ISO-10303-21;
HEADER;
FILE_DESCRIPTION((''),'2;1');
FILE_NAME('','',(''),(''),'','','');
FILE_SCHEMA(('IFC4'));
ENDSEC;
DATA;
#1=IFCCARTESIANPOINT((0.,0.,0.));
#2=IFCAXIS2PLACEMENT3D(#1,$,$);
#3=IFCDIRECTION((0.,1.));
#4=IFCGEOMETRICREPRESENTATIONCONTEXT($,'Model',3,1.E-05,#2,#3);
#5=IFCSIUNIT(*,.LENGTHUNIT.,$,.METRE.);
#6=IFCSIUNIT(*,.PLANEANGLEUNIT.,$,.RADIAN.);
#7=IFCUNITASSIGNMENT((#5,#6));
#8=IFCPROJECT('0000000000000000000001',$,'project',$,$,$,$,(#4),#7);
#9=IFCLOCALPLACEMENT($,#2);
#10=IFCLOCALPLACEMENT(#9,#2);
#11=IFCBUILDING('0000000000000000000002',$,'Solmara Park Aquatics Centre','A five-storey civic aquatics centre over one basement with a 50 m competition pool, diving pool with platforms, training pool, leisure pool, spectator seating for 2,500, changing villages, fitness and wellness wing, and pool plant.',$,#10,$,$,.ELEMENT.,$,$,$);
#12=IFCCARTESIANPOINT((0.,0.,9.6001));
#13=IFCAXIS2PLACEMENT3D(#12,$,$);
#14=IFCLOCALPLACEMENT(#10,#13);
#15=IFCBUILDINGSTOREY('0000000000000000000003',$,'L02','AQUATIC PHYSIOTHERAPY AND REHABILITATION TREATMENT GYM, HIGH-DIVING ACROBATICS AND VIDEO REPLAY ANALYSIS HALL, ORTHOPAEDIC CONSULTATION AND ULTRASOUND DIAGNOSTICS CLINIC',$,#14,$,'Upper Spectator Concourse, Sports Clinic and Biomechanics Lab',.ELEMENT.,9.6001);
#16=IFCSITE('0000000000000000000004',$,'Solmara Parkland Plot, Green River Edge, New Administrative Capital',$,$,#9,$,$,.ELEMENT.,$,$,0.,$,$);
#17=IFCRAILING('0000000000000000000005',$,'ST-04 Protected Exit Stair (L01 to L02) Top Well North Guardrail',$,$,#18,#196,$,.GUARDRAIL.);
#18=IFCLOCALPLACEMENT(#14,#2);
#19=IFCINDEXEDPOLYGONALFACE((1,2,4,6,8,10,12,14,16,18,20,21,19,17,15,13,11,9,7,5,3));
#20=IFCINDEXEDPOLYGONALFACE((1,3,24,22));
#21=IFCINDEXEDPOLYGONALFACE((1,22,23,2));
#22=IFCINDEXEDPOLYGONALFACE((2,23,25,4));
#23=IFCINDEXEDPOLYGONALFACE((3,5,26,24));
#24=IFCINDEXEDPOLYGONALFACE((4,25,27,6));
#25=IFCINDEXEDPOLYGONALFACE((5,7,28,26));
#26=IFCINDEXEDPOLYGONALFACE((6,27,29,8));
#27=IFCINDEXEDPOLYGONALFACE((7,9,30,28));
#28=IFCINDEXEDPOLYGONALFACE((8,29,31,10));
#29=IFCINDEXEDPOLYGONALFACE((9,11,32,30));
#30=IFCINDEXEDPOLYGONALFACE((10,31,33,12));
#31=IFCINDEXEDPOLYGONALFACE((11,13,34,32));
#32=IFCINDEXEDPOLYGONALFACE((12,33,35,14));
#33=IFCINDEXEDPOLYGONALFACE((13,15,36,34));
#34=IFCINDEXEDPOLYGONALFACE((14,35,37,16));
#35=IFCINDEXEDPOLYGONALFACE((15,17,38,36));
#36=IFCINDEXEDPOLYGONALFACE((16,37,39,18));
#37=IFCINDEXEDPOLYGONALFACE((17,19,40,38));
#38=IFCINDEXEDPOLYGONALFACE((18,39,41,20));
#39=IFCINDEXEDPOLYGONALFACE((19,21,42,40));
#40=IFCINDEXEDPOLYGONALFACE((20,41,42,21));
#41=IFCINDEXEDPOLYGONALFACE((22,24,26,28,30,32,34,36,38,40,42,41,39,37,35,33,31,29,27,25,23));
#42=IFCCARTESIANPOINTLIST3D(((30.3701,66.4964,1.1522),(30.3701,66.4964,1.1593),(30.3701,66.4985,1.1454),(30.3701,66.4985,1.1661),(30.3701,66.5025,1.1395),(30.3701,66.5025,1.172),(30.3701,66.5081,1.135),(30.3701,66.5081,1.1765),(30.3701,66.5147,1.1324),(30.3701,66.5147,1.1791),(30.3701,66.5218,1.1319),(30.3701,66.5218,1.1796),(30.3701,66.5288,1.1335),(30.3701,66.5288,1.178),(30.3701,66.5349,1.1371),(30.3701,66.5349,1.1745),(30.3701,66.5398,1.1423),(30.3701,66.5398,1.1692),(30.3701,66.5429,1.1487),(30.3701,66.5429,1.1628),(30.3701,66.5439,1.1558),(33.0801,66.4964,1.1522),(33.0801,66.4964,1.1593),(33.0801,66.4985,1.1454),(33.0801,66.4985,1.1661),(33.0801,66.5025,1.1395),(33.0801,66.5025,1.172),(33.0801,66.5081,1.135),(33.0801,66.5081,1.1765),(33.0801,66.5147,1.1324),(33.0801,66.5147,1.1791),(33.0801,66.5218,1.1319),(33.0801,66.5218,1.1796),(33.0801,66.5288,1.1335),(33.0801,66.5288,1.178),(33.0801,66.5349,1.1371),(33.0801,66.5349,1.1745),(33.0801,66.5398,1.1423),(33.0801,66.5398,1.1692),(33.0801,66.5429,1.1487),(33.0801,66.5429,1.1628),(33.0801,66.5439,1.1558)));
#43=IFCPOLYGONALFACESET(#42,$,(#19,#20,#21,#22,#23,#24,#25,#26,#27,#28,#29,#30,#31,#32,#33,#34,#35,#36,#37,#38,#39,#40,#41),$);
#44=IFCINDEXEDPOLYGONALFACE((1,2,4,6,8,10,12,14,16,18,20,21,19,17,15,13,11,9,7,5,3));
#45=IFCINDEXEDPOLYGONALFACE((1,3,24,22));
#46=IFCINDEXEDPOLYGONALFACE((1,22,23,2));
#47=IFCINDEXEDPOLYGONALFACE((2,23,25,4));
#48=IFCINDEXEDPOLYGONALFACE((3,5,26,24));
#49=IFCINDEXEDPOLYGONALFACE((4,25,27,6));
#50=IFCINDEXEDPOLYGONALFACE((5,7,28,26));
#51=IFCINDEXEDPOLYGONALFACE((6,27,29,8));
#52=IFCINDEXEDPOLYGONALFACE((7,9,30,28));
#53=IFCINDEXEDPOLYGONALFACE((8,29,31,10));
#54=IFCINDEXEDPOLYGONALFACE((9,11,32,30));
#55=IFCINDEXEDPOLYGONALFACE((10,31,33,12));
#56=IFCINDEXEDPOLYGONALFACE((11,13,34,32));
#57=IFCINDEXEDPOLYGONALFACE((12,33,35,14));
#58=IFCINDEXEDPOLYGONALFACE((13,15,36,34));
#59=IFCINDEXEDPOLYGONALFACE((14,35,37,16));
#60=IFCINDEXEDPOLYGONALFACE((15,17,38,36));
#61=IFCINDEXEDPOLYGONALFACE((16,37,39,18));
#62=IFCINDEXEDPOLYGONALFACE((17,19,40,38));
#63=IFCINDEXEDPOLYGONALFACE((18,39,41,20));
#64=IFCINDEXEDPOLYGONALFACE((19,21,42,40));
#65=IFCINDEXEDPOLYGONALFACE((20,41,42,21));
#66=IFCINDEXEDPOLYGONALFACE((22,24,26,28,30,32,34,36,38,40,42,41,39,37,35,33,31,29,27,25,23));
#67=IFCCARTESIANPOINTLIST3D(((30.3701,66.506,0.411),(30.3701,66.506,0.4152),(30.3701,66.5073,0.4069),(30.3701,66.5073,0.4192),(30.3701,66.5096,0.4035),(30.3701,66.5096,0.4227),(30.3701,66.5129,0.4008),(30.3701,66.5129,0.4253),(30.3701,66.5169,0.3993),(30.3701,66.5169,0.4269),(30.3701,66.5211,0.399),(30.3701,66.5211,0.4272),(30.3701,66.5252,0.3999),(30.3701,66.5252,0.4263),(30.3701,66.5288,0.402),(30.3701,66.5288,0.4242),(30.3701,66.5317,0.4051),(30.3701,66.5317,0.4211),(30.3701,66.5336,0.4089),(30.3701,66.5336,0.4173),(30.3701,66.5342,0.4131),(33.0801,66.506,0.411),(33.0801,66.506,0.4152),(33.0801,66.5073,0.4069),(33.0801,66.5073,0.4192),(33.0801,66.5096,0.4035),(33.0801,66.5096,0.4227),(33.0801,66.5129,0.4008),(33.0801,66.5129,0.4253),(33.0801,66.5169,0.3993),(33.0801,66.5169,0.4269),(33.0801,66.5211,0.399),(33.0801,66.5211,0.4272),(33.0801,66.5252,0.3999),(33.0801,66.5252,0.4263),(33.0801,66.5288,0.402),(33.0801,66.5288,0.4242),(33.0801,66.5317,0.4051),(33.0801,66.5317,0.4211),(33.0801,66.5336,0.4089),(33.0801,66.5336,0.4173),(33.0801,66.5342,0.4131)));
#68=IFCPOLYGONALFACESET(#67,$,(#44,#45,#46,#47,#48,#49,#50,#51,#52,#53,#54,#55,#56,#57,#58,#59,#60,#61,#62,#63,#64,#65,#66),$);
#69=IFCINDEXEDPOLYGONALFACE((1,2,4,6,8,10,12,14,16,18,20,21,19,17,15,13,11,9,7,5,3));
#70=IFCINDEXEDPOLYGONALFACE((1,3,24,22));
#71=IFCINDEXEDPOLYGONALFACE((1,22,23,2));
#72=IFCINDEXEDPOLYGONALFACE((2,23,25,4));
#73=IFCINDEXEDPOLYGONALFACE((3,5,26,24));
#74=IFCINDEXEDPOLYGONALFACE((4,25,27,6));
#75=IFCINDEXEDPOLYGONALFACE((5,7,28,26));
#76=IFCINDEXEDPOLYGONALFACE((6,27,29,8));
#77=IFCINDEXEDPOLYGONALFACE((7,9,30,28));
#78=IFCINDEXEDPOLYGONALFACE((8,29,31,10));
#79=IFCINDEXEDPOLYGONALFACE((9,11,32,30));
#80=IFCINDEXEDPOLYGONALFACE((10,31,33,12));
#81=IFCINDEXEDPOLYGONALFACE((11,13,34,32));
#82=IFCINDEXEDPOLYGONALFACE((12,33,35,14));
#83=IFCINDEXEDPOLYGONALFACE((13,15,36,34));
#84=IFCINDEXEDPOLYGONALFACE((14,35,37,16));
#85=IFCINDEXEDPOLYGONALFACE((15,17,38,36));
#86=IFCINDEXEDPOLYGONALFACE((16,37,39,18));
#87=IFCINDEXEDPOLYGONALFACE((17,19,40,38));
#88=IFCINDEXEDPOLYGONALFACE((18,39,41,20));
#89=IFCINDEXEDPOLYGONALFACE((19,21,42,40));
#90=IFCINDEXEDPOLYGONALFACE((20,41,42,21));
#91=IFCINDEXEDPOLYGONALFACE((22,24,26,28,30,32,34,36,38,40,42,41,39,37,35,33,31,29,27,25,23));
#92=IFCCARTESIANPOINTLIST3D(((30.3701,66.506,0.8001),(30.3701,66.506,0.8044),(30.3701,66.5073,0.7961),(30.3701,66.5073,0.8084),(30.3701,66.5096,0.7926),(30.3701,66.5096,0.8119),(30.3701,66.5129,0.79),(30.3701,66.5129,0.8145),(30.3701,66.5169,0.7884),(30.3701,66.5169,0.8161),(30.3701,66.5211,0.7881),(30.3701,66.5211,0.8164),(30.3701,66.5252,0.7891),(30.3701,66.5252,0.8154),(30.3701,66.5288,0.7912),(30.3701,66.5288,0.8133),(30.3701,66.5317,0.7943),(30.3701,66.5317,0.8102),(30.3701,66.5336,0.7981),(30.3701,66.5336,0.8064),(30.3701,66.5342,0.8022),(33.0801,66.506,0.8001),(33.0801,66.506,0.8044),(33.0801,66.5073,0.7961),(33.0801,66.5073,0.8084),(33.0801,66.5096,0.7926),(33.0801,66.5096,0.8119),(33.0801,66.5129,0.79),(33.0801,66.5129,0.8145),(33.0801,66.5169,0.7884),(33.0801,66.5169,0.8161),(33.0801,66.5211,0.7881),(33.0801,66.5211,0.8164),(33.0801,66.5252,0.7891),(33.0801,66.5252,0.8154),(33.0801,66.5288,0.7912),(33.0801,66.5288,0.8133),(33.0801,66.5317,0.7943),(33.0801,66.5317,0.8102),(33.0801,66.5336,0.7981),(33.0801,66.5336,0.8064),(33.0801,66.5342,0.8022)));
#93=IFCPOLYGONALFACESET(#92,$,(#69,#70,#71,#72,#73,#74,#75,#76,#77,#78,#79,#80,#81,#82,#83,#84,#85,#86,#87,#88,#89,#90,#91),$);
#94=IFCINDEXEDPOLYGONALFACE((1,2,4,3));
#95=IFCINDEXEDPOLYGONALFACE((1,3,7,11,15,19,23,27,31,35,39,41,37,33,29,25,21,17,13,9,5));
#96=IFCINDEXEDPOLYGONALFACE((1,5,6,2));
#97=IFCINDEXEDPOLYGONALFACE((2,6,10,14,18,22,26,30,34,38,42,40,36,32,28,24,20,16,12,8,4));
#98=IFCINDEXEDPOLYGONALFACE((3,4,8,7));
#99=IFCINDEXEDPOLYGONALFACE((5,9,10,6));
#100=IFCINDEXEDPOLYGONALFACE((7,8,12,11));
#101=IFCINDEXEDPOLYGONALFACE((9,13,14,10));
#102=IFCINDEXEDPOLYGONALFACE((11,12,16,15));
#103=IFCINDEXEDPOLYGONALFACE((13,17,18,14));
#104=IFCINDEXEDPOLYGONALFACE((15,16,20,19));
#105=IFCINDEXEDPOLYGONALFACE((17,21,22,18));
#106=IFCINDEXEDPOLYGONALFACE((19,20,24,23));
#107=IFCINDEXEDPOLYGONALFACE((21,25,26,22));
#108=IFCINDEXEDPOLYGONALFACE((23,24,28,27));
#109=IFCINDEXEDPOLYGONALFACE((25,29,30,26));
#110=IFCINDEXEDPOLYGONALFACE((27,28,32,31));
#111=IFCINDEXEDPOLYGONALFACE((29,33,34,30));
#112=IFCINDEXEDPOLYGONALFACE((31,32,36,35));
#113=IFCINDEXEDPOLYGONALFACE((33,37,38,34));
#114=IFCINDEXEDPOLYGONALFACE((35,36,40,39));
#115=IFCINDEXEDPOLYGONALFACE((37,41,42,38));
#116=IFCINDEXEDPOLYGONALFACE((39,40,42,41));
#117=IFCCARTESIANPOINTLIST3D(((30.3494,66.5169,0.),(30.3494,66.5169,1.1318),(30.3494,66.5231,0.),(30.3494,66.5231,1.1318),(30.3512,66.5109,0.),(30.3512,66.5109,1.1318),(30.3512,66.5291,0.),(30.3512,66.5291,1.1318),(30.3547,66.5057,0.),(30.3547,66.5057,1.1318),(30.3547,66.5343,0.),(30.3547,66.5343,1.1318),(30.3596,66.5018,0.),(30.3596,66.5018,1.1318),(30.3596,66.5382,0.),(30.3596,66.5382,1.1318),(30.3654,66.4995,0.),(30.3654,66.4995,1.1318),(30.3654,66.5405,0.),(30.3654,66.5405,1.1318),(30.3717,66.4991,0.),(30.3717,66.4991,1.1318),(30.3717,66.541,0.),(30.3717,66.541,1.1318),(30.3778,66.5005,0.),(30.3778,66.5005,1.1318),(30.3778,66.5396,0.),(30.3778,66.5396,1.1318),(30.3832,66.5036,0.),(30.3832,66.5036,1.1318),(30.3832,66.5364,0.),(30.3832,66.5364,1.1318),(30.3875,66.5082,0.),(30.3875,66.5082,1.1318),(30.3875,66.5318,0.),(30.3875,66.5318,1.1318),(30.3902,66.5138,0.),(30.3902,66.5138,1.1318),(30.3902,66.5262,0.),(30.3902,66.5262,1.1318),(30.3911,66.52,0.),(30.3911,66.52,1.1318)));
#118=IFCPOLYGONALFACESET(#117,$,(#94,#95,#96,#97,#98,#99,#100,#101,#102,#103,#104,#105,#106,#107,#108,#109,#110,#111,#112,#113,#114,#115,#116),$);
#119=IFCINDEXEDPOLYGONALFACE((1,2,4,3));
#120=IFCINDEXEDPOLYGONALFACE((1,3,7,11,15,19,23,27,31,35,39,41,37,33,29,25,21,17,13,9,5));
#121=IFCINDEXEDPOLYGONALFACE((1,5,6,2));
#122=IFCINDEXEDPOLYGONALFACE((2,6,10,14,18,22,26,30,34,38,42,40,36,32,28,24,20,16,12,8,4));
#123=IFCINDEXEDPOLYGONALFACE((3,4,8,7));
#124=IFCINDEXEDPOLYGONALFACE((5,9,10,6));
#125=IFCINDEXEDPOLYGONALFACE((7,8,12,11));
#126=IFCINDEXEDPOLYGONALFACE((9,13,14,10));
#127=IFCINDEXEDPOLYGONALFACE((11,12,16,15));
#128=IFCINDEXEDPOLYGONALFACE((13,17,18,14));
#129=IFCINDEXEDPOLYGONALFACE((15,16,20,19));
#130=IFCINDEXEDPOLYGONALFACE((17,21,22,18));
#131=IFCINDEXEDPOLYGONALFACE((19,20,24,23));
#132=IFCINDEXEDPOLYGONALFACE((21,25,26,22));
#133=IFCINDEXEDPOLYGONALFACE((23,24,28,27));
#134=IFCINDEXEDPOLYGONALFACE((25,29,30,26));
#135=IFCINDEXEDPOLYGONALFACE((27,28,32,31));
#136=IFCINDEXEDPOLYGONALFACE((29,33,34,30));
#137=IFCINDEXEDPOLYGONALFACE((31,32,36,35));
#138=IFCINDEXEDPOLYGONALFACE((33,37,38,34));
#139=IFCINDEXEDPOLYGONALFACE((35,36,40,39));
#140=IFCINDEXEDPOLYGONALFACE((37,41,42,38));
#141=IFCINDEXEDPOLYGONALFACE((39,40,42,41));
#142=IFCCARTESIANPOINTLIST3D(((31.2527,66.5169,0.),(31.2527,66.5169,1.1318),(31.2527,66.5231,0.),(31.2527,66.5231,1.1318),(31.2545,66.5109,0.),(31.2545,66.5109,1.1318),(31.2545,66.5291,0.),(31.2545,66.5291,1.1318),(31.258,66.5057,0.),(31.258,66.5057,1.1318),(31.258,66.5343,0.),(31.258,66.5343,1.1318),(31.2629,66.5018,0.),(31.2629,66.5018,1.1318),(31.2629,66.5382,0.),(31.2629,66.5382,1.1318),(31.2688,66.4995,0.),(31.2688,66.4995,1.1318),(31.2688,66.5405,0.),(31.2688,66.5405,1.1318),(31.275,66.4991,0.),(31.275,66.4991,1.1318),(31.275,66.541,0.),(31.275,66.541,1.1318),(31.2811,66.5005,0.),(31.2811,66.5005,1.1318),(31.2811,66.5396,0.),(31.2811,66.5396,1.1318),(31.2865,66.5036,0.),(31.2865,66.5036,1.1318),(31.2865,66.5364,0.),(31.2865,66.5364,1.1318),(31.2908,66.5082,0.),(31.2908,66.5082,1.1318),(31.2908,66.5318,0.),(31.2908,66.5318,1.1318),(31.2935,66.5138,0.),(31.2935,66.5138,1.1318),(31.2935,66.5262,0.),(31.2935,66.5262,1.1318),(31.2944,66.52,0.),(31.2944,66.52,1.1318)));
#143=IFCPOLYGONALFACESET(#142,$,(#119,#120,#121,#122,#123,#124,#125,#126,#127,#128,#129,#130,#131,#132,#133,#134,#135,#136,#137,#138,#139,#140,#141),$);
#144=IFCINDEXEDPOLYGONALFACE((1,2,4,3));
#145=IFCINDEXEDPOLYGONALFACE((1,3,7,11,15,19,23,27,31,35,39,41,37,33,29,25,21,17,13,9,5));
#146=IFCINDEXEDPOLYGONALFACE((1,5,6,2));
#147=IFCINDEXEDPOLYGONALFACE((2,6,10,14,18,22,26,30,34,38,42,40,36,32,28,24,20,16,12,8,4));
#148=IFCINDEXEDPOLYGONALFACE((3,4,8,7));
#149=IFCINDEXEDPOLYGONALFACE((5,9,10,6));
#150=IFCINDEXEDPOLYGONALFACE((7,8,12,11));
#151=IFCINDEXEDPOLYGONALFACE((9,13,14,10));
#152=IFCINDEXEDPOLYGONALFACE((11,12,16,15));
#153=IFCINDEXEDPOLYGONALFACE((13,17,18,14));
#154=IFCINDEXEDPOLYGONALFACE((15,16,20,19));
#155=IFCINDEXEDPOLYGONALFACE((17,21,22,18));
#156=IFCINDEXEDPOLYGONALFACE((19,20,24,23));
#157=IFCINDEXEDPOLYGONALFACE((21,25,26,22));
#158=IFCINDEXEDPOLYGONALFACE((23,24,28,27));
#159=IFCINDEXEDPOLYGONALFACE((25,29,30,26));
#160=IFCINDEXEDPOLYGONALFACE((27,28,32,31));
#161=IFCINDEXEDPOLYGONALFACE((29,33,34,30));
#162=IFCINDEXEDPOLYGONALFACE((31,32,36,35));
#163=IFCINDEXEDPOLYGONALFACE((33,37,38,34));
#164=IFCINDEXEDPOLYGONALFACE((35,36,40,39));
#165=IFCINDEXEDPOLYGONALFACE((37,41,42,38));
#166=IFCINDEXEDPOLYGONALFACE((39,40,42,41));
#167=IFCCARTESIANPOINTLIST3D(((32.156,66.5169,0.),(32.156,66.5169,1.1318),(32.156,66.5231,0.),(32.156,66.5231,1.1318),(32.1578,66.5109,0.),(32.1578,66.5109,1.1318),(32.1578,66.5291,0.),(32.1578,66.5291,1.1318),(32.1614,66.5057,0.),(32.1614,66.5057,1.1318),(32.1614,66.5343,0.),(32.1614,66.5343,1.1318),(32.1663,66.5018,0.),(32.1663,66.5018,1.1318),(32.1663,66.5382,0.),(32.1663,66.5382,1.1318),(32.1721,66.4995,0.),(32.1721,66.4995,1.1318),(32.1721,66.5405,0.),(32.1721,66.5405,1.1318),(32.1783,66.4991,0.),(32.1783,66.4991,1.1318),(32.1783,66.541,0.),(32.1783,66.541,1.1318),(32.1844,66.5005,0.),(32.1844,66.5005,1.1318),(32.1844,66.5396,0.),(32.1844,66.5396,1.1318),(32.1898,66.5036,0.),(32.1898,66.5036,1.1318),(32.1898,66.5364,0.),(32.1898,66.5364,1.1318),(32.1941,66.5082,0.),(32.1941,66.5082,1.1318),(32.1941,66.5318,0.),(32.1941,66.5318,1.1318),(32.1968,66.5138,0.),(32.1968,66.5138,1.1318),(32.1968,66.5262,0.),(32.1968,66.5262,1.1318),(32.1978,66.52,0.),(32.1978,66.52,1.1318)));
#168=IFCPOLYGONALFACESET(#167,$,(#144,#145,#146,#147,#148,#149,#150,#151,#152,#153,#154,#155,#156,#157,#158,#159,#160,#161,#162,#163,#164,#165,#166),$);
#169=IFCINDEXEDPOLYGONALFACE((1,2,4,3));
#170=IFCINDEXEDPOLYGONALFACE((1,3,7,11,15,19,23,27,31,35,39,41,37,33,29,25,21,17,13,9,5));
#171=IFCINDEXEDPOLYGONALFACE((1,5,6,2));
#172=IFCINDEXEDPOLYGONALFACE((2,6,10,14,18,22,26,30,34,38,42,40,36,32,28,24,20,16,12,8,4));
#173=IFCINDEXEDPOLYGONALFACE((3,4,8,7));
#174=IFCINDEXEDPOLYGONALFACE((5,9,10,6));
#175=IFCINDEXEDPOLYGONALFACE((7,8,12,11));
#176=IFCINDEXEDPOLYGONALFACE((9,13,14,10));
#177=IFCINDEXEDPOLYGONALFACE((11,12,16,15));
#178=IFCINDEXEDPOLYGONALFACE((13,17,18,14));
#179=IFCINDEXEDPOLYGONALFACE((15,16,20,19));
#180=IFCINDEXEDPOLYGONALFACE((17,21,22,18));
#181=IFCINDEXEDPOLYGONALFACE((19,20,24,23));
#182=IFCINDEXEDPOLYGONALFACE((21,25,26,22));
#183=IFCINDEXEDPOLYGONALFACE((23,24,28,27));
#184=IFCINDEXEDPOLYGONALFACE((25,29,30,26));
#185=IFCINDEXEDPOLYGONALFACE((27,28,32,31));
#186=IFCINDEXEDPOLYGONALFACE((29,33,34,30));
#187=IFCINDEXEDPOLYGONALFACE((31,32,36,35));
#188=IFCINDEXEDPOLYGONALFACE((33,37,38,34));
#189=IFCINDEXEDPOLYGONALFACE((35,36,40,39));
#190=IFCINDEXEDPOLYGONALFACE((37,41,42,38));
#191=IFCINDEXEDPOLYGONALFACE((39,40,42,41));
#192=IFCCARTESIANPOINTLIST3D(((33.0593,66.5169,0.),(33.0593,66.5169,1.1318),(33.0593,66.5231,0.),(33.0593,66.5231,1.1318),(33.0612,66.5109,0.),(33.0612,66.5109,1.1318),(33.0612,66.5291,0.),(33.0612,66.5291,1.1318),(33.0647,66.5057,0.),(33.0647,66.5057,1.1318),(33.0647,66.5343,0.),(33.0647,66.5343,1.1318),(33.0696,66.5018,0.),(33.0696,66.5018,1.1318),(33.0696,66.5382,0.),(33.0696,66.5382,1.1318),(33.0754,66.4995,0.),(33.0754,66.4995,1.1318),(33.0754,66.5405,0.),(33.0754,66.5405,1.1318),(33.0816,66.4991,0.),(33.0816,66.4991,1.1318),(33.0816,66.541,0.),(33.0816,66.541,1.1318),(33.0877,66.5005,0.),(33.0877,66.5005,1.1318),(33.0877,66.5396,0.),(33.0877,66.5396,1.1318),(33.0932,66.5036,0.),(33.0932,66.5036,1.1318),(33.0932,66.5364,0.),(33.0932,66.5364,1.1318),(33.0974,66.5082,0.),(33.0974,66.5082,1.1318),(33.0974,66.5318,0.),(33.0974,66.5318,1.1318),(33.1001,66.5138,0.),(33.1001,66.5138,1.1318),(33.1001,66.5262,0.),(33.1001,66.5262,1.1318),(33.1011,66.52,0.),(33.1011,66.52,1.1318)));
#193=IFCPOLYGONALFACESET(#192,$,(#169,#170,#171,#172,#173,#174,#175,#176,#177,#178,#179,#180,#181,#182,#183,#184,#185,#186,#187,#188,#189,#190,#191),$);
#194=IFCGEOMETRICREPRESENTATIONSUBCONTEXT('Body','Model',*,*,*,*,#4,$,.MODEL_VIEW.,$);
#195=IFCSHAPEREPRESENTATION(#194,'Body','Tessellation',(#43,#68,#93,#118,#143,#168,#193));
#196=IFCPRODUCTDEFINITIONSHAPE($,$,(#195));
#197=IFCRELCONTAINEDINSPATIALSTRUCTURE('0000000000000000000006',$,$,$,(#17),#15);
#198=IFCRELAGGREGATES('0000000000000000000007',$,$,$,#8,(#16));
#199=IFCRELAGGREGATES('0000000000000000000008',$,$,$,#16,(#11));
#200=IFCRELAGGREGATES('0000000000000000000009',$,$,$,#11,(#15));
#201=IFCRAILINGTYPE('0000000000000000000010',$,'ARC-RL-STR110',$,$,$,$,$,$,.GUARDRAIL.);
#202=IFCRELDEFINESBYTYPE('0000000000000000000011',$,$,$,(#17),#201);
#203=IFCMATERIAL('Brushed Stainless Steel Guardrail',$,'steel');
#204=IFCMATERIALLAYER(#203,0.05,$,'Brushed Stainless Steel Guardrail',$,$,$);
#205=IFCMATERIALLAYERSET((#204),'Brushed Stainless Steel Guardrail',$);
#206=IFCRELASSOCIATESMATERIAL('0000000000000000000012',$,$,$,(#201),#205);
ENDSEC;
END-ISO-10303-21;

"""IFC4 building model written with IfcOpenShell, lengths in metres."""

from ifc_helpers import new_model, si_unit, direction, frame, origin, origin_2d, place, context, subcontext, project, spatial, circle, extrude, material, layer, layer_set, type_object, element, save


model = new_model("IFC4")

# Units and contexts
model_context = context("Model", 3, precision=1e-05, world=origin(), true_north=direction((0.0, 1.0)))
body_context = subcontext(model_context, "Body", "Model", "MODEL_VIEW")
ifc_project = project(units=[si_unit("LENGTHUNIT", "METRE"), si_unit("PLANEANGLEUNIT", "RADIAN")], contexts=[model_context])

# Site, building, storey
site_placement = place(None, origin())
site = spatial("IfcSite", under=ifc_project, at=site_placement, Name="Solmara Parkland Plot, Green River Edge, New Administrative Capital", CompositionType="ELEMENT", RefElevation=0.0)
building_placement = place(site_placement, origin())
building = spatial("IfcBuilding", under=site, at=building_placement, Name="Solmara Park Aquatics Centre", Description="A five-storey civic aquatics centre over one basement with a 50 m competition pool, diving pool with platforms, training pool, leisure pool, spectator seating for 2,500, changing villages, fitness and wellness wing, and pool plant.", CompositionType="ELEMENT")
storey_placement = place(building_placement, frame((0.0, 0.0, 9.6001)))
storey = spatial("IfcBuildingStorey", under=building, at=storey_placement, Name="L02", Description="AQUATIC PHYSIOTHERAPY AND REHABILITATION TREATMENT GYM, HIGH-DIVING ACROBATICS AND VIDEO REPLAY ANALYSIS HALL, ORTHOPAEDIC CONSULTATION AND ULTRASOUND DIAGNOSTICS CLINIC", LongName="Upper Spectator Concourse, Sports Clinic and Biomechanics Lab", CompositionType="ELEMENT", Elevation=9.6001)

# Railing
ifc_material_1 = material(Name="Brushed Stainless Steel Guardrail", Category="steel")
ifc_layer_1 = layer(ifc_material_1, 0.05, Name="Brushed Stainless Steel Guardrail")
ifc_layer_set_1 = layer_set([ifc_layer_1], Name="Brushed Stainless Steel Guardrail")
railing_type_1 = type_object("IfcRailingType", Name="ARC-RL-STR110", PredefinedType="GUARDRAIL", material=ifc_layer_set_1)
railing_1_placement = place(storey_placement, frame((30.3701, 66.52, 0.0)))
element("IfcRailing", 1, at=railing_1_placement, inside=storey, type_object=railing_type_1, Name="ST-04 Protected Exit Stair (L01 to L02) Top Well North Guardrail", PredefinedType="GUARDRAIL", context=body_context, shape_type="SweptSolid", body=[
    extrude(circle(Radius=0.0239, at=origin_2d()), frame((0.0, 0.0, 1.1558), z_axis=(1.0, 0.0, 0.0), x_axis=(0.0, 1.0, 0.0)), (0.0, 0.0, 1.0), 2.71),
    extrude(circle(Radius=0.0142, at=origin_2d()), frame((0.0, 0.0, 0.4131), z_axis=(1.0, 0.0, 0.0), x_axis=(0.0, 1.0, 0.0)), (0.0, 0.0, 1.0), 2.71),
    extrude(circle(Radius=0.0142, at=origin_2d()), frame((0.0, 0.0, 0.8022), z_axis=(1.0, 0.0, 0.0), x_axis=(0.0, 1.0, 0.0)), (0.0, 0.0, 1.0), 2.71),
    extrude(circle(Radius=0.021, at=origin_2d()), origin(), (0.0, 0.0, 1.0), 1.1318),
    extrude(circle(Radius=0.021, at=origin_2d()), frame((0.9033, 0.0, 0.0)), (0.0, 0.0, 1.0), 1.1318),
    extrude(circle(Radius=0.021, at=origin_2d()), frame((1.8066, 0.0, 0.0)), (0.0, 0.0, 1.0), 1.1318),
    extrude(circle(Radius=0.021, at=origin_2d()), frame((2.71, 0.0, 0.0)), (0.0, 0.0, 1.0), 1.1318),
])

save(model, "model.ifc")
